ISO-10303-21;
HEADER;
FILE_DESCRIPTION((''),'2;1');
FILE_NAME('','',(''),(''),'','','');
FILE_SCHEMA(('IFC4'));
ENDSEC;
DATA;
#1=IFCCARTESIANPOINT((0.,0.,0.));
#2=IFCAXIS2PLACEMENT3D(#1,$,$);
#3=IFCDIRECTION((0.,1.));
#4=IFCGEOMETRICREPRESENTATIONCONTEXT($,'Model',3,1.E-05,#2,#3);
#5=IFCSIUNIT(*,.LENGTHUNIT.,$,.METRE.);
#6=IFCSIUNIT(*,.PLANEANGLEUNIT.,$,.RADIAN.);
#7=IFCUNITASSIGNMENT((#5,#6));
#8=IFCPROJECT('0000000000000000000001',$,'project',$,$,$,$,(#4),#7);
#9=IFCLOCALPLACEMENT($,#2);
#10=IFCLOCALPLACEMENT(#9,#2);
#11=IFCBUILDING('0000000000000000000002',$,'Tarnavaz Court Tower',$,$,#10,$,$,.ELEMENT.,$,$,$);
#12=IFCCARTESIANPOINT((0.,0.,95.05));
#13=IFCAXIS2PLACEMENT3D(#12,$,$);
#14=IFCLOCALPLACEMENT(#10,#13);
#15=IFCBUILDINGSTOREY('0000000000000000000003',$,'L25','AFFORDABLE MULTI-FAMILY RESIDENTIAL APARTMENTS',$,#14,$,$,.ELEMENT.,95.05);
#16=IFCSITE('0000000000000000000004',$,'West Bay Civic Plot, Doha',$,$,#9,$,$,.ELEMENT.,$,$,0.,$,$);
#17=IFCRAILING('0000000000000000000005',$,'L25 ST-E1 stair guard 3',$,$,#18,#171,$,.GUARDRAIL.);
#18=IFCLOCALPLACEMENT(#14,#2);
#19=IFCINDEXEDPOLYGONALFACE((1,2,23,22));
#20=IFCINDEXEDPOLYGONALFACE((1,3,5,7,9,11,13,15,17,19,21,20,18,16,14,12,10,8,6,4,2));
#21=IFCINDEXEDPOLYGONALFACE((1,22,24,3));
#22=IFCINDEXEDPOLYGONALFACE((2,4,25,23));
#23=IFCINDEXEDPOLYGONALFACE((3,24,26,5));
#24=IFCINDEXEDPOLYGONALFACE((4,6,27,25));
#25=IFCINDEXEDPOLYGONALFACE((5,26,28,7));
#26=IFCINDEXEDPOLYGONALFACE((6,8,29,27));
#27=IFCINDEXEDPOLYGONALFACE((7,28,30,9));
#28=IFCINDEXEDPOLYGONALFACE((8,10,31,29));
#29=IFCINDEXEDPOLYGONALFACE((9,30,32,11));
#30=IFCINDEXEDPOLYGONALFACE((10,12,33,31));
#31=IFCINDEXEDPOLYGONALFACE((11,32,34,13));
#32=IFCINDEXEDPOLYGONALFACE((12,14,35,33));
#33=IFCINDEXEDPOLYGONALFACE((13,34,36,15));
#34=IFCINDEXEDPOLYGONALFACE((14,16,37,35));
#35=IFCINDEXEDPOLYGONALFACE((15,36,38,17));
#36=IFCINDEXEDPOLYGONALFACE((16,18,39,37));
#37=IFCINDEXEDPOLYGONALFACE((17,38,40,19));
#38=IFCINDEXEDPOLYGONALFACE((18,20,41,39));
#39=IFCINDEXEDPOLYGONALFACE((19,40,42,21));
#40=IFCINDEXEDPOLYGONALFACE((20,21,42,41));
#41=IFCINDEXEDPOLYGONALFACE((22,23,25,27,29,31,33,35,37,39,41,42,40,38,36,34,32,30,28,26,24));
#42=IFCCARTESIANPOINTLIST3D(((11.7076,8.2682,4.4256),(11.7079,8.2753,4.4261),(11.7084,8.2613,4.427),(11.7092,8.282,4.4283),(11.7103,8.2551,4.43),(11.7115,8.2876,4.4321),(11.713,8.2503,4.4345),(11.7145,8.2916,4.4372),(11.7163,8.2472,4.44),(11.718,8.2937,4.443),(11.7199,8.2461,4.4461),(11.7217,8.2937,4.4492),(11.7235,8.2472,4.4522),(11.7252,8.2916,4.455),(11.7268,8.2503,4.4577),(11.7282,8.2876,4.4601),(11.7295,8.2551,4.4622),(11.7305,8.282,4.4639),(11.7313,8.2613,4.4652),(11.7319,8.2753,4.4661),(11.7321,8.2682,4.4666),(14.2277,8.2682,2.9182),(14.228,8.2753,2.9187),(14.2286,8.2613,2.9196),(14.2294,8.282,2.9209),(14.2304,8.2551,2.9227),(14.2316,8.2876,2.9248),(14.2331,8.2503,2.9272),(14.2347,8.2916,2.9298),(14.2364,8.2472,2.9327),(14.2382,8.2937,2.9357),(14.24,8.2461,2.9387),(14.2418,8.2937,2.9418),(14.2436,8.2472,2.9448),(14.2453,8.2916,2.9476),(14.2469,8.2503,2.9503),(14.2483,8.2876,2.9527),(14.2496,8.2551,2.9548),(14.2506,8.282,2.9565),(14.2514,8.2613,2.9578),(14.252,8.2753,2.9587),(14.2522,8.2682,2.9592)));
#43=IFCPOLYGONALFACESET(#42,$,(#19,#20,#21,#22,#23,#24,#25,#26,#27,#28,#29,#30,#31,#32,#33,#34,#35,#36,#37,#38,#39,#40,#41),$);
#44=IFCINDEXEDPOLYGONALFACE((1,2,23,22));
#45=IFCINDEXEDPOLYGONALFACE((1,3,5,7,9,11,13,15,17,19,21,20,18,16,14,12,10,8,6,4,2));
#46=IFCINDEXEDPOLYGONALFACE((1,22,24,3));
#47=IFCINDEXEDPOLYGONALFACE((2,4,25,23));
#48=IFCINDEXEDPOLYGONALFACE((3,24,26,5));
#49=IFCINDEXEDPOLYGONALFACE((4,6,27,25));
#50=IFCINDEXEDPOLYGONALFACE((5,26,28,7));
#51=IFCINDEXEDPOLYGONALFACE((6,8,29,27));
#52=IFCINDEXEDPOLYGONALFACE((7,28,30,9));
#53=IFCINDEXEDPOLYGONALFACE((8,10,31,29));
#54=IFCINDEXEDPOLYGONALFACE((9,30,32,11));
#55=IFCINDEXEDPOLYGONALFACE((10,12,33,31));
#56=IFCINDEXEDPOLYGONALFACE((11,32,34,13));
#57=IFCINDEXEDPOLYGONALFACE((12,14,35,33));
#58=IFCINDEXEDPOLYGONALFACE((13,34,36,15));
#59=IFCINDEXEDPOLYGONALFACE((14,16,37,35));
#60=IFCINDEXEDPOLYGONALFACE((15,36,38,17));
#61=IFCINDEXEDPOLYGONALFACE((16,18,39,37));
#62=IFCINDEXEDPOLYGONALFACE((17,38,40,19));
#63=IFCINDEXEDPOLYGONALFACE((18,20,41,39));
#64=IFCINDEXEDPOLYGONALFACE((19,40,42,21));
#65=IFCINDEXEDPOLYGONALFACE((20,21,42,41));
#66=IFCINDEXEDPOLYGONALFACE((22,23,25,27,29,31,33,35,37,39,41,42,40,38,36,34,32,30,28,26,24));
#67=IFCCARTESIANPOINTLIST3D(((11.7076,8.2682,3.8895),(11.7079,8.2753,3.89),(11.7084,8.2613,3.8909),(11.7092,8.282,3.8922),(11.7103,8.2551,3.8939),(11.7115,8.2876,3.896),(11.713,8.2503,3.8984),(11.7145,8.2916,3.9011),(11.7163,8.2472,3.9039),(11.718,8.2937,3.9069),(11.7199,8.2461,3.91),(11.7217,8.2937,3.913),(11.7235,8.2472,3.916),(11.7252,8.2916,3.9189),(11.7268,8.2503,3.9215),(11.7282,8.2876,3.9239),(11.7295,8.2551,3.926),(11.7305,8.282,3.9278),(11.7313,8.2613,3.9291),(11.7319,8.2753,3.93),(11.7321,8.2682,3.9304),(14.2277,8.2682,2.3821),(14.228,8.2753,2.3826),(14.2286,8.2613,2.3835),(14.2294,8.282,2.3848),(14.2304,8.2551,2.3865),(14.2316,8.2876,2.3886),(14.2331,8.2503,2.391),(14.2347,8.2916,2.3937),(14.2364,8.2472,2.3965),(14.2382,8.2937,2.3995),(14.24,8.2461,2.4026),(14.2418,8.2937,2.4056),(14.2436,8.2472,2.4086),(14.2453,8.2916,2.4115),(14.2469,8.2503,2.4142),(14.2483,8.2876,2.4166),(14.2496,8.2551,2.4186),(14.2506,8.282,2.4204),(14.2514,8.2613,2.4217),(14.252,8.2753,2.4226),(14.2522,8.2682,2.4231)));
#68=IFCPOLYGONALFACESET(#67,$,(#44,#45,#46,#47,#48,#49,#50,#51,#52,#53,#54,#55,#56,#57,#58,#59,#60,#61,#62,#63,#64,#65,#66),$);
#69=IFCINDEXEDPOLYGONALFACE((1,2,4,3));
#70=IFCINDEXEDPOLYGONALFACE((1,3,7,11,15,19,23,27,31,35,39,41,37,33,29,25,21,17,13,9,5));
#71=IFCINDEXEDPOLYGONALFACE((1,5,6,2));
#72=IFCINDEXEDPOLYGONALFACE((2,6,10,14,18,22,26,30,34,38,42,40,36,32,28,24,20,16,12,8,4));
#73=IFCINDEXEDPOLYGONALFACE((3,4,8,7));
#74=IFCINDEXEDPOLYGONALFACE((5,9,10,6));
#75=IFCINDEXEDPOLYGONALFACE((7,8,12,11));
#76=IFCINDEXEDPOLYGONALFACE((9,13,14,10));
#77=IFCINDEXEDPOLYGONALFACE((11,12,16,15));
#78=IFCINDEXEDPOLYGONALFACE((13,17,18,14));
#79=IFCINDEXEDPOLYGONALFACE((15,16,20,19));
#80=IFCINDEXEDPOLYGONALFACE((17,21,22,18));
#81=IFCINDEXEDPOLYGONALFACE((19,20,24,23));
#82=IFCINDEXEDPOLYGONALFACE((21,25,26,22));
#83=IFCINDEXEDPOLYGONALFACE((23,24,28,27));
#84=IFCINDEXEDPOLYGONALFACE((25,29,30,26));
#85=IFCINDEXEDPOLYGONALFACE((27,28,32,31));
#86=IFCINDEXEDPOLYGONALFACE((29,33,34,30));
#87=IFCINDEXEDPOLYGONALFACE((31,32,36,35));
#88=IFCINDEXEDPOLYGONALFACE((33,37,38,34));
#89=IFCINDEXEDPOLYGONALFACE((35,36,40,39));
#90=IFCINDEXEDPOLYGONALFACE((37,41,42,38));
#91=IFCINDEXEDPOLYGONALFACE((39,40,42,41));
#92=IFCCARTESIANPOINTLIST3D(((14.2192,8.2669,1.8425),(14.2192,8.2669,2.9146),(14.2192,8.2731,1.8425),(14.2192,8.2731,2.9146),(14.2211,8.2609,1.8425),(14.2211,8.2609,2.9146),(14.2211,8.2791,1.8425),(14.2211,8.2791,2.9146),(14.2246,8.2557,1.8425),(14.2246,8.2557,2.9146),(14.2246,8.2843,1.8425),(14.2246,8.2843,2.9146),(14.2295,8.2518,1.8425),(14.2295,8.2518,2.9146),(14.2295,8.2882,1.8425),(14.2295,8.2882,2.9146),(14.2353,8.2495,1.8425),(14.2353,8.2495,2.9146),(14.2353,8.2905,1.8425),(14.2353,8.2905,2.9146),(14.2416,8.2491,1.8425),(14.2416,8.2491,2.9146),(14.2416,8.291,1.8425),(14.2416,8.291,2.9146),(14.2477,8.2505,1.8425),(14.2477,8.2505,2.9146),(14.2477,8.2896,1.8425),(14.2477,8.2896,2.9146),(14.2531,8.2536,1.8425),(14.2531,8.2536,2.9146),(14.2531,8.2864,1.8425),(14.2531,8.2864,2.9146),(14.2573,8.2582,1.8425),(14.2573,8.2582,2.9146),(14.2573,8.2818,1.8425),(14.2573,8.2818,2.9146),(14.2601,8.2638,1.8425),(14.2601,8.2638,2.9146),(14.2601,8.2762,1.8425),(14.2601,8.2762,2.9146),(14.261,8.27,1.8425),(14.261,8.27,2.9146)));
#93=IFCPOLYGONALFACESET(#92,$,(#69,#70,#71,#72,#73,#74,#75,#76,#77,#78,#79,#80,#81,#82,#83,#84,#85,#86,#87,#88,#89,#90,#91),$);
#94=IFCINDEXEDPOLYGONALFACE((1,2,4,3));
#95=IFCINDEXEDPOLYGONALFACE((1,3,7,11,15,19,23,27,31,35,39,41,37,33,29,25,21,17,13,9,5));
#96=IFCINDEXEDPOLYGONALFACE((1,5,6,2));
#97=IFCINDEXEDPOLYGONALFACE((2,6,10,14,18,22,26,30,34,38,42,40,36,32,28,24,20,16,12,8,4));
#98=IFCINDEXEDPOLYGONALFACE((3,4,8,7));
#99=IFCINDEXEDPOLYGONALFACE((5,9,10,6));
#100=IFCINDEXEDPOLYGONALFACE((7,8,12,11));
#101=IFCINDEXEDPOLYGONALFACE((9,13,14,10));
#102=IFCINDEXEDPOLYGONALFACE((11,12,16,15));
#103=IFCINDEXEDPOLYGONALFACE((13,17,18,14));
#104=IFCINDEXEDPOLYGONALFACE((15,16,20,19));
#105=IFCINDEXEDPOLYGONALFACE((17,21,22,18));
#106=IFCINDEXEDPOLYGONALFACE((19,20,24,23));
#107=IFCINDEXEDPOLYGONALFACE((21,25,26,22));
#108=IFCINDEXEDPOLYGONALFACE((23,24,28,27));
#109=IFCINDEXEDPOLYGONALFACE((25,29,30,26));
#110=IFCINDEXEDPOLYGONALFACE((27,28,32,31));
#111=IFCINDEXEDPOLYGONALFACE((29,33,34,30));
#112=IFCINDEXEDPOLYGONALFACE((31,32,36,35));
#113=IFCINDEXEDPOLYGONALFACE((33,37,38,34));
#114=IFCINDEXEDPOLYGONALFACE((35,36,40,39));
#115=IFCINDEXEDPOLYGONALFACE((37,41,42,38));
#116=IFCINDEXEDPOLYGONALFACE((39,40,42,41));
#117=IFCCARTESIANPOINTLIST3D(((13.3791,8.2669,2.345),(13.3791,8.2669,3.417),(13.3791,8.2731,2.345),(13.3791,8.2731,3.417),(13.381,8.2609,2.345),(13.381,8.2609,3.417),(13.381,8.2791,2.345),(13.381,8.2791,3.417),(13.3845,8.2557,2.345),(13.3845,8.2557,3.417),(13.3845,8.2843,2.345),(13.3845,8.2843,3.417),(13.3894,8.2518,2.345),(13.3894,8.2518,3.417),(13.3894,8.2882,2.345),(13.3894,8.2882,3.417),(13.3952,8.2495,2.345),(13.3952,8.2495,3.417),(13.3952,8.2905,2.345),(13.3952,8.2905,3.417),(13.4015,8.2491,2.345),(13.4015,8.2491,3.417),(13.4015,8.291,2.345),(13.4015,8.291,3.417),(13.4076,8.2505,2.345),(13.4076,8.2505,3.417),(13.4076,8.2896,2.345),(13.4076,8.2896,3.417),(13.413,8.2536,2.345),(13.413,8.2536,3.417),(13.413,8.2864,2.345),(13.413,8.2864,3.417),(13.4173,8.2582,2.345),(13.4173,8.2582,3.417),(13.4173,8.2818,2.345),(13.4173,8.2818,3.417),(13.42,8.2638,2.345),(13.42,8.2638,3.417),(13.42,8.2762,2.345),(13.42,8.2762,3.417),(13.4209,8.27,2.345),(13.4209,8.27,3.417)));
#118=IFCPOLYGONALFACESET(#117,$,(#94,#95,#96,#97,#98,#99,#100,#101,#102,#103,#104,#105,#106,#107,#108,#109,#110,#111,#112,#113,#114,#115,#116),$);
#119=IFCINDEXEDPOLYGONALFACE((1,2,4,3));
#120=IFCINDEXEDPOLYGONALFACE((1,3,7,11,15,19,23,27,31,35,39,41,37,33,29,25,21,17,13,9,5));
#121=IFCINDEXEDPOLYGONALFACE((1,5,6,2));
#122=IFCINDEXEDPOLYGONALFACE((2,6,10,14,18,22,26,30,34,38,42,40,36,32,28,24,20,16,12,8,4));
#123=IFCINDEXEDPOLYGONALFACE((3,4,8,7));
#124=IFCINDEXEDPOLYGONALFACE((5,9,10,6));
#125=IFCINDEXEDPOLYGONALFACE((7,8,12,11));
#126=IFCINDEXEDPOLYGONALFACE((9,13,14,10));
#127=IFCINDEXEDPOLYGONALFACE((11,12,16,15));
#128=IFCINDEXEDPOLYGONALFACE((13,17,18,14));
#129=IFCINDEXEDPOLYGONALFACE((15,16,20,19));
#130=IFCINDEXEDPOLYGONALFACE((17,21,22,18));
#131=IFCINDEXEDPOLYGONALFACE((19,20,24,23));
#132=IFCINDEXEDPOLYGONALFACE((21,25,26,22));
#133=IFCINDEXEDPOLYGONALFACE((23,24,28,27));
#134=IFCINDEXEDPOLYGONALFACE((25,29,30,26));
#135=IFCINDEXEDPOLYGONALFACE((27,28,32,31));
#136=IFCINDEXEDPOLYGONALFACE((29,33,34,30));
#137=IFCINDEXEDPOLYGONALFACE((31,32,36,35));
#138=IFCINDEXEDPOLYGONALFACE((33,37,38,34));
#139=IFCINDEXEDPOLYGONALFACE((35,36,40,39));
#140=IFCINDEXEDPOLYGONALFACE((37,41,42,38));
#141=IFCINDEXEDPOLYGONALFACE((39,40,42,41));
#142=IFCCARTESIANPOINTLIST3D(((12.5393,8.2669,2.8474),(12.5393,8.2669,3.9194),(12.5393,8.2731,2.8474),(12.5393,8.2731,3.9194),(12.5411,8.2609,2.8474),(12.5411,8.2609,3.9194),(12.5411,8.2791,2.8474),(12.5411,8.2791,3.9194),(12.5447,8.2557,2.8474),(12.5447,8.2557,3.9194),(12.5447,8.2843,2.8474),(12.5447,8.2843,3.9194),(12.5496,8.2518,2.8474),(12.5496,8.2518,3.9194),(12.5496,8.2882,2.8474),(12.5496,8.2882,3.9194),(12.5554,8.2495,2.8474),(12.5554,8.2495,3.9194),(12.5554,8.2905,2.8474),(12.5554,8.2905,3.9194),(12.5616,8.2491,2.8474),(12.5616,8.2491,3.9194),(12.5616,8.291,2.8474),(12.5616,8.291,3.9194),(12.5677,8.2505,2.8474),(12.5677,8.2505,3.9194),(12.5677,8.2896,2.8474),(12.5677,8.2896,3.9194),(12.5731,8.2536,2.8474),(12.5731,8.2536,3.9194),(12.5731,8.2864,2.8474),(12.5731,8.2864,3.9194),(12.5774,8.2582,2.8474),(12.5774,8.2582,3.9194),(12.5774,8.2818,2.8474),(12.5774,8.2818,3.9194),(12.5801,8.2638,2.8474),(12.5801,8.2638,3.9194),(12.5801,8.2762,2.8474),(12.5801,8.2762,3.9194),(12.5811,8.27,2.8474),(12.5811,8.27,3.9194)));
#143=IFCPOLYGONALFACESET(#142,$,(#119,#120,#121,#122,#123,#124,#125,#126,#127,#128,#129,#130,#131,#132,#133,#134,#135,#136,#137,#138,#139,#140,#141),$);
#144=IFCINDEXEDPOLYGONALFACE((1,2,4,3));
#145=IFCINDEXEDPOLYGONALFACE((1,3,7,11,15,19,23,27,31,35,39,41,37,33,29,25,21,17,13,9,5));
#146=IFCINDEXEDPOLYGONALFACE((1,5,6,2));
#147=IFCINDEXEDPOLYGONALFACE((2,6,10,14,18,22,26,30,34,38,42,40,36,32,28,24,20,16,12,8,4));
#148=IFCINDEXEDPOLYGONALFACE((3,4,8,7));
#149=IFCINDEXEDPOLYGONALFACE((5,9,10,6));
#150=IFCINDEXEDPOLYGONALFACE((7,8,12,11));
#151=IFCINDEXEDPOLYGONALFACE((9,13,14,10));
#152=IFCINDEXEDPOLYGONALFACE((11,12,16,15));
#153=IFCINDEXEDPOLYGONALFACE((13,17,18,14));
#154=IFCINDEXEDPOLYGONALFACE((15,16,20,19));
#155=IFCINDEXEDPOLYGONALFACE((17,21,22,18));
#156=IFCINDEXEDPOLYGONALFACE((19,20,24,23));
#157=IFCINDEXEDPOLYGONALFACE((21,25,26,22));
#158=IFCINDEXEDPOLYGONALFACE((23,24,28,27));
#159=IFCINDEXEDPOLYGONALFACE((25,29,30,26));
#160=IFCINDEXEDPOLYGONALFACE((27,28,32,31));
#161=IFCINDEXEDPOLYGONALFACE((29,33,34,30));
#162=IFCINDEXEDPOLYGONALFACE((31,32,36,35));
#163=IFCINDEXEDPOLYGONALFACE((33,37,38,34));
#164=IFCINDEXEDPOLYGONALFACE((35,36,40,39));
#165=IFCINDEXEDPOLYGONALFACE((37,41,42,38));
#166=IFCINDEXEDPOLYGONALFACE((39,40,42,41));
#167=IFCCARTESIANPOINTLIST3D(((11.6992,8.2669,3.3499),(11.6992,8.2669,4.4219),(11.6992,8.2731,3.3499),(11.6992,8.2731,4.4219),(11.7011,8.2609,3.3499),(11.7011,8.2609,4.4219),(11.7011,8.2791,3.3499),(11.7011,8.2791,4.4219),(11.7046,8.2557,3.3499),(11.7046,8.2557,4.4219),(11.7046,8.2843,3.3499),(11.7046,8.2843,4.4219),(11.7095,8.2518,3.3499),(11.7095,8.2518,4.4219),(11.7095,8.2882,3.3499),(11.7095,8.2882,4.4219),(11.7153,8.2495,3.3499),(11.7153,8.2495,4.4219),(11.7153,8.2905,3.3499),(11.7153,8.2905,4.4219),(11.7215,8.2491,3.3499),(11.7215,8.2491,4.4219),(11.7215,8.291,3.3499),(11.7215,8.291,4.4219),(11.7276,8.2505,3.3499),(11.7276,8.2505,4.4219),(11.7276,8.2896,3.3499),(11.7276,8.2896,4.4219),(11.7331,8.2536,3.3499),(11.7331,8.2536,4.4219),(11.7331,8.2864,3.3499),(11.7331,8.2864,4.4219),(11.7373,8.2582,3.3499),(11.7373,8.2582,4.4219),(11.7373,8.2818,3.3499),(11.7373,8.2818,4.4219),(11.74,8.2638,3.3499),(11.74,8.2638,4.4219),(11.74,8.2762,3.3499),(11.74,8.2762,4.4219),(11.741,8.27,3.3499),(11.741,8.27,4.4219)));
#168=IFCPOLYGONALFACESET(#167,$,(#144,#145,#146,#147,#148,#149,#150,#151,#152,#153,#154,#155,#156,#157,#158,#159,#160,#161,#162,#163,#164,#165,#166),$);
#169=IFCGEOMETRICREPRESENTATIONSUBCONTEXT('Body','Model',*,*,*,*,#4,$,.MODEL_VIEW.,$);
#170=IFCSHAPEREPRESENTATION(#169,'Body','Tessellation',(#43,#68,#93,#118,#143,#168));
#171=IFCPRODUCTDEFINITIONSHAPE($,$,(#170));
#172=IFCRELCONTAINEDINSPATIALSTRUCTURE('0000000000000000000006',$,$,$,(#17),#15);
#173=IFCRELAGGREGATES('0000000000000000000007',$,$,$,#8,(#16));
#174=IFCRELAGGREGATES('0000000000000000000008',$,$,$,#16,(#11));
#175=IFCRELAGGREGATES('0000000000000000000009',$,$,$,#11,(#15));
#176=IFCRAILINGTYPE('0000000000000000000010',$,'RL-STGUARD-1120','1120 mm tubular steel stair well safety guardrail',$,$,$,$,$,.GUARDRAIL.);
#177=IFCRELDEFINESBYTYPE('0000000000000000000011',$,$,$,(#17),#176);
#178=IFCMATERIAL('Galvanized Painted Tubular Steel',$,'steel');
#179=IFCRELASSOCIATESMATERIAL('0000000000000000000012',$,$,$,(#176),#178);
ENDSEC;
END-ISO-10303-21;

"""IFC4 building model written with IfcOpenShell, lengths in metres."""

from ifc_helpers import new_model, si_unit, direction, frame, origin, origin_2d, place, context, subcontext, project, spatial, circle, extrude, material, type_object, element, save


model = new_model("IFC4")

# Units and contexts
model_context = context("Model", 3, precision=1e-05, world=origin(), true_north=direction((0.0, 1.0)))
body_context = subcontext(model_context, "Body", "Model", "MODEL_VIEW")
ifc_project = project(units=[si_unit("LENGTHUNIT", "METRE"), si_unit("PLANEANGLEUNIT", "RADIAN")], contexts=[model_context])

# Site, building, storey
site_placement = place(None, origin())
site = spatial("IfcSite", under=ifc_project, at=site_placement, Name="West Bay Civic Plot, Doha", CompositionType="ELEMENT", RefElevation=0.0)
building_placement = place(site_placement, origin())
building = spatial("IfcBuilding", under=site, at=building_placement, Name="Tarnavaz Court Tower", CompositionType="ELEMENT")
storey_placement = place(building_placement, frame((0.0, 0.0, 95.05)))
storey = spatial("IfcBuildingStorey", under=building, at=storey_placement, Name="L25", Description="AFFORDABLE MULTI-FAMILY RESIDENTIAL APARTMENTS", CompositionType="ELEMENT", Elevation=95.05)

# Railing
ifc_material_1 = material(Name="Galvanized Painted Tubular Steel", Category="steel")
railing_type_1 = type_object("IfcRailingType", Name="RL-STGUARD-1120", Description="1120 mm tubular steel stair well safety guardrail", PredefinedType="GUARDRAIL", material=ifc_material_1)
railing_1_placement = place(storey_placement, frame((14.24, 8.27, 1.8425)))
element("IfcRailing", 1, at=railing_1_placement, inside=storey, type_object=railing_type_1, Name="L25 ST-E1 stair guard 3", PredefinedType="GUARDRAIL", context=body_context, shape_type="SweptSolid", body=[
    extrude(circle(Radius=0.0239, at=origin_2d()), frame((0.0, 0.0, 1.0962), z_axis=(-0.858196, 0.0, 0.513321), x_axis=(0.0, -1.0, 0.0)), (0.0, 0.0, 1.0), 2.9365),
    extrude(circle(Radius=0.0239, at=origin_2d()), frame((0.0, 0.0, 0.5601), z_axis=(-0.858196, 0.0, 0.513321), x_axis=(0.0, -1.0, 0.0)), (0.0, 0.0, 1.0), 2.9365),
    extrude(circle(Radius=0.021, at=origin_2d()), origin(), (0.0, 0.0, 1.0), 1.072),
    extrude(circle(Radius=0.021, at=origin_2d()), frame((-0.8401, 0.0, 0.5024)), (0.0, 0.0, 1.0), 1.072),
    extrude(circle(Radius=0.021, at=origin_2d()), frame((-1.6799, 0.0, 1.0049)), (0.0, 0.0, 1.0), 1.072),
    extrude(circle(Radius=0.021, at=origin_2d()), frame((-2.52, 0.0, 1.5073)), (0.0, 0.0, 1.0), 1.072),
])

save(model, "model.ifc")
